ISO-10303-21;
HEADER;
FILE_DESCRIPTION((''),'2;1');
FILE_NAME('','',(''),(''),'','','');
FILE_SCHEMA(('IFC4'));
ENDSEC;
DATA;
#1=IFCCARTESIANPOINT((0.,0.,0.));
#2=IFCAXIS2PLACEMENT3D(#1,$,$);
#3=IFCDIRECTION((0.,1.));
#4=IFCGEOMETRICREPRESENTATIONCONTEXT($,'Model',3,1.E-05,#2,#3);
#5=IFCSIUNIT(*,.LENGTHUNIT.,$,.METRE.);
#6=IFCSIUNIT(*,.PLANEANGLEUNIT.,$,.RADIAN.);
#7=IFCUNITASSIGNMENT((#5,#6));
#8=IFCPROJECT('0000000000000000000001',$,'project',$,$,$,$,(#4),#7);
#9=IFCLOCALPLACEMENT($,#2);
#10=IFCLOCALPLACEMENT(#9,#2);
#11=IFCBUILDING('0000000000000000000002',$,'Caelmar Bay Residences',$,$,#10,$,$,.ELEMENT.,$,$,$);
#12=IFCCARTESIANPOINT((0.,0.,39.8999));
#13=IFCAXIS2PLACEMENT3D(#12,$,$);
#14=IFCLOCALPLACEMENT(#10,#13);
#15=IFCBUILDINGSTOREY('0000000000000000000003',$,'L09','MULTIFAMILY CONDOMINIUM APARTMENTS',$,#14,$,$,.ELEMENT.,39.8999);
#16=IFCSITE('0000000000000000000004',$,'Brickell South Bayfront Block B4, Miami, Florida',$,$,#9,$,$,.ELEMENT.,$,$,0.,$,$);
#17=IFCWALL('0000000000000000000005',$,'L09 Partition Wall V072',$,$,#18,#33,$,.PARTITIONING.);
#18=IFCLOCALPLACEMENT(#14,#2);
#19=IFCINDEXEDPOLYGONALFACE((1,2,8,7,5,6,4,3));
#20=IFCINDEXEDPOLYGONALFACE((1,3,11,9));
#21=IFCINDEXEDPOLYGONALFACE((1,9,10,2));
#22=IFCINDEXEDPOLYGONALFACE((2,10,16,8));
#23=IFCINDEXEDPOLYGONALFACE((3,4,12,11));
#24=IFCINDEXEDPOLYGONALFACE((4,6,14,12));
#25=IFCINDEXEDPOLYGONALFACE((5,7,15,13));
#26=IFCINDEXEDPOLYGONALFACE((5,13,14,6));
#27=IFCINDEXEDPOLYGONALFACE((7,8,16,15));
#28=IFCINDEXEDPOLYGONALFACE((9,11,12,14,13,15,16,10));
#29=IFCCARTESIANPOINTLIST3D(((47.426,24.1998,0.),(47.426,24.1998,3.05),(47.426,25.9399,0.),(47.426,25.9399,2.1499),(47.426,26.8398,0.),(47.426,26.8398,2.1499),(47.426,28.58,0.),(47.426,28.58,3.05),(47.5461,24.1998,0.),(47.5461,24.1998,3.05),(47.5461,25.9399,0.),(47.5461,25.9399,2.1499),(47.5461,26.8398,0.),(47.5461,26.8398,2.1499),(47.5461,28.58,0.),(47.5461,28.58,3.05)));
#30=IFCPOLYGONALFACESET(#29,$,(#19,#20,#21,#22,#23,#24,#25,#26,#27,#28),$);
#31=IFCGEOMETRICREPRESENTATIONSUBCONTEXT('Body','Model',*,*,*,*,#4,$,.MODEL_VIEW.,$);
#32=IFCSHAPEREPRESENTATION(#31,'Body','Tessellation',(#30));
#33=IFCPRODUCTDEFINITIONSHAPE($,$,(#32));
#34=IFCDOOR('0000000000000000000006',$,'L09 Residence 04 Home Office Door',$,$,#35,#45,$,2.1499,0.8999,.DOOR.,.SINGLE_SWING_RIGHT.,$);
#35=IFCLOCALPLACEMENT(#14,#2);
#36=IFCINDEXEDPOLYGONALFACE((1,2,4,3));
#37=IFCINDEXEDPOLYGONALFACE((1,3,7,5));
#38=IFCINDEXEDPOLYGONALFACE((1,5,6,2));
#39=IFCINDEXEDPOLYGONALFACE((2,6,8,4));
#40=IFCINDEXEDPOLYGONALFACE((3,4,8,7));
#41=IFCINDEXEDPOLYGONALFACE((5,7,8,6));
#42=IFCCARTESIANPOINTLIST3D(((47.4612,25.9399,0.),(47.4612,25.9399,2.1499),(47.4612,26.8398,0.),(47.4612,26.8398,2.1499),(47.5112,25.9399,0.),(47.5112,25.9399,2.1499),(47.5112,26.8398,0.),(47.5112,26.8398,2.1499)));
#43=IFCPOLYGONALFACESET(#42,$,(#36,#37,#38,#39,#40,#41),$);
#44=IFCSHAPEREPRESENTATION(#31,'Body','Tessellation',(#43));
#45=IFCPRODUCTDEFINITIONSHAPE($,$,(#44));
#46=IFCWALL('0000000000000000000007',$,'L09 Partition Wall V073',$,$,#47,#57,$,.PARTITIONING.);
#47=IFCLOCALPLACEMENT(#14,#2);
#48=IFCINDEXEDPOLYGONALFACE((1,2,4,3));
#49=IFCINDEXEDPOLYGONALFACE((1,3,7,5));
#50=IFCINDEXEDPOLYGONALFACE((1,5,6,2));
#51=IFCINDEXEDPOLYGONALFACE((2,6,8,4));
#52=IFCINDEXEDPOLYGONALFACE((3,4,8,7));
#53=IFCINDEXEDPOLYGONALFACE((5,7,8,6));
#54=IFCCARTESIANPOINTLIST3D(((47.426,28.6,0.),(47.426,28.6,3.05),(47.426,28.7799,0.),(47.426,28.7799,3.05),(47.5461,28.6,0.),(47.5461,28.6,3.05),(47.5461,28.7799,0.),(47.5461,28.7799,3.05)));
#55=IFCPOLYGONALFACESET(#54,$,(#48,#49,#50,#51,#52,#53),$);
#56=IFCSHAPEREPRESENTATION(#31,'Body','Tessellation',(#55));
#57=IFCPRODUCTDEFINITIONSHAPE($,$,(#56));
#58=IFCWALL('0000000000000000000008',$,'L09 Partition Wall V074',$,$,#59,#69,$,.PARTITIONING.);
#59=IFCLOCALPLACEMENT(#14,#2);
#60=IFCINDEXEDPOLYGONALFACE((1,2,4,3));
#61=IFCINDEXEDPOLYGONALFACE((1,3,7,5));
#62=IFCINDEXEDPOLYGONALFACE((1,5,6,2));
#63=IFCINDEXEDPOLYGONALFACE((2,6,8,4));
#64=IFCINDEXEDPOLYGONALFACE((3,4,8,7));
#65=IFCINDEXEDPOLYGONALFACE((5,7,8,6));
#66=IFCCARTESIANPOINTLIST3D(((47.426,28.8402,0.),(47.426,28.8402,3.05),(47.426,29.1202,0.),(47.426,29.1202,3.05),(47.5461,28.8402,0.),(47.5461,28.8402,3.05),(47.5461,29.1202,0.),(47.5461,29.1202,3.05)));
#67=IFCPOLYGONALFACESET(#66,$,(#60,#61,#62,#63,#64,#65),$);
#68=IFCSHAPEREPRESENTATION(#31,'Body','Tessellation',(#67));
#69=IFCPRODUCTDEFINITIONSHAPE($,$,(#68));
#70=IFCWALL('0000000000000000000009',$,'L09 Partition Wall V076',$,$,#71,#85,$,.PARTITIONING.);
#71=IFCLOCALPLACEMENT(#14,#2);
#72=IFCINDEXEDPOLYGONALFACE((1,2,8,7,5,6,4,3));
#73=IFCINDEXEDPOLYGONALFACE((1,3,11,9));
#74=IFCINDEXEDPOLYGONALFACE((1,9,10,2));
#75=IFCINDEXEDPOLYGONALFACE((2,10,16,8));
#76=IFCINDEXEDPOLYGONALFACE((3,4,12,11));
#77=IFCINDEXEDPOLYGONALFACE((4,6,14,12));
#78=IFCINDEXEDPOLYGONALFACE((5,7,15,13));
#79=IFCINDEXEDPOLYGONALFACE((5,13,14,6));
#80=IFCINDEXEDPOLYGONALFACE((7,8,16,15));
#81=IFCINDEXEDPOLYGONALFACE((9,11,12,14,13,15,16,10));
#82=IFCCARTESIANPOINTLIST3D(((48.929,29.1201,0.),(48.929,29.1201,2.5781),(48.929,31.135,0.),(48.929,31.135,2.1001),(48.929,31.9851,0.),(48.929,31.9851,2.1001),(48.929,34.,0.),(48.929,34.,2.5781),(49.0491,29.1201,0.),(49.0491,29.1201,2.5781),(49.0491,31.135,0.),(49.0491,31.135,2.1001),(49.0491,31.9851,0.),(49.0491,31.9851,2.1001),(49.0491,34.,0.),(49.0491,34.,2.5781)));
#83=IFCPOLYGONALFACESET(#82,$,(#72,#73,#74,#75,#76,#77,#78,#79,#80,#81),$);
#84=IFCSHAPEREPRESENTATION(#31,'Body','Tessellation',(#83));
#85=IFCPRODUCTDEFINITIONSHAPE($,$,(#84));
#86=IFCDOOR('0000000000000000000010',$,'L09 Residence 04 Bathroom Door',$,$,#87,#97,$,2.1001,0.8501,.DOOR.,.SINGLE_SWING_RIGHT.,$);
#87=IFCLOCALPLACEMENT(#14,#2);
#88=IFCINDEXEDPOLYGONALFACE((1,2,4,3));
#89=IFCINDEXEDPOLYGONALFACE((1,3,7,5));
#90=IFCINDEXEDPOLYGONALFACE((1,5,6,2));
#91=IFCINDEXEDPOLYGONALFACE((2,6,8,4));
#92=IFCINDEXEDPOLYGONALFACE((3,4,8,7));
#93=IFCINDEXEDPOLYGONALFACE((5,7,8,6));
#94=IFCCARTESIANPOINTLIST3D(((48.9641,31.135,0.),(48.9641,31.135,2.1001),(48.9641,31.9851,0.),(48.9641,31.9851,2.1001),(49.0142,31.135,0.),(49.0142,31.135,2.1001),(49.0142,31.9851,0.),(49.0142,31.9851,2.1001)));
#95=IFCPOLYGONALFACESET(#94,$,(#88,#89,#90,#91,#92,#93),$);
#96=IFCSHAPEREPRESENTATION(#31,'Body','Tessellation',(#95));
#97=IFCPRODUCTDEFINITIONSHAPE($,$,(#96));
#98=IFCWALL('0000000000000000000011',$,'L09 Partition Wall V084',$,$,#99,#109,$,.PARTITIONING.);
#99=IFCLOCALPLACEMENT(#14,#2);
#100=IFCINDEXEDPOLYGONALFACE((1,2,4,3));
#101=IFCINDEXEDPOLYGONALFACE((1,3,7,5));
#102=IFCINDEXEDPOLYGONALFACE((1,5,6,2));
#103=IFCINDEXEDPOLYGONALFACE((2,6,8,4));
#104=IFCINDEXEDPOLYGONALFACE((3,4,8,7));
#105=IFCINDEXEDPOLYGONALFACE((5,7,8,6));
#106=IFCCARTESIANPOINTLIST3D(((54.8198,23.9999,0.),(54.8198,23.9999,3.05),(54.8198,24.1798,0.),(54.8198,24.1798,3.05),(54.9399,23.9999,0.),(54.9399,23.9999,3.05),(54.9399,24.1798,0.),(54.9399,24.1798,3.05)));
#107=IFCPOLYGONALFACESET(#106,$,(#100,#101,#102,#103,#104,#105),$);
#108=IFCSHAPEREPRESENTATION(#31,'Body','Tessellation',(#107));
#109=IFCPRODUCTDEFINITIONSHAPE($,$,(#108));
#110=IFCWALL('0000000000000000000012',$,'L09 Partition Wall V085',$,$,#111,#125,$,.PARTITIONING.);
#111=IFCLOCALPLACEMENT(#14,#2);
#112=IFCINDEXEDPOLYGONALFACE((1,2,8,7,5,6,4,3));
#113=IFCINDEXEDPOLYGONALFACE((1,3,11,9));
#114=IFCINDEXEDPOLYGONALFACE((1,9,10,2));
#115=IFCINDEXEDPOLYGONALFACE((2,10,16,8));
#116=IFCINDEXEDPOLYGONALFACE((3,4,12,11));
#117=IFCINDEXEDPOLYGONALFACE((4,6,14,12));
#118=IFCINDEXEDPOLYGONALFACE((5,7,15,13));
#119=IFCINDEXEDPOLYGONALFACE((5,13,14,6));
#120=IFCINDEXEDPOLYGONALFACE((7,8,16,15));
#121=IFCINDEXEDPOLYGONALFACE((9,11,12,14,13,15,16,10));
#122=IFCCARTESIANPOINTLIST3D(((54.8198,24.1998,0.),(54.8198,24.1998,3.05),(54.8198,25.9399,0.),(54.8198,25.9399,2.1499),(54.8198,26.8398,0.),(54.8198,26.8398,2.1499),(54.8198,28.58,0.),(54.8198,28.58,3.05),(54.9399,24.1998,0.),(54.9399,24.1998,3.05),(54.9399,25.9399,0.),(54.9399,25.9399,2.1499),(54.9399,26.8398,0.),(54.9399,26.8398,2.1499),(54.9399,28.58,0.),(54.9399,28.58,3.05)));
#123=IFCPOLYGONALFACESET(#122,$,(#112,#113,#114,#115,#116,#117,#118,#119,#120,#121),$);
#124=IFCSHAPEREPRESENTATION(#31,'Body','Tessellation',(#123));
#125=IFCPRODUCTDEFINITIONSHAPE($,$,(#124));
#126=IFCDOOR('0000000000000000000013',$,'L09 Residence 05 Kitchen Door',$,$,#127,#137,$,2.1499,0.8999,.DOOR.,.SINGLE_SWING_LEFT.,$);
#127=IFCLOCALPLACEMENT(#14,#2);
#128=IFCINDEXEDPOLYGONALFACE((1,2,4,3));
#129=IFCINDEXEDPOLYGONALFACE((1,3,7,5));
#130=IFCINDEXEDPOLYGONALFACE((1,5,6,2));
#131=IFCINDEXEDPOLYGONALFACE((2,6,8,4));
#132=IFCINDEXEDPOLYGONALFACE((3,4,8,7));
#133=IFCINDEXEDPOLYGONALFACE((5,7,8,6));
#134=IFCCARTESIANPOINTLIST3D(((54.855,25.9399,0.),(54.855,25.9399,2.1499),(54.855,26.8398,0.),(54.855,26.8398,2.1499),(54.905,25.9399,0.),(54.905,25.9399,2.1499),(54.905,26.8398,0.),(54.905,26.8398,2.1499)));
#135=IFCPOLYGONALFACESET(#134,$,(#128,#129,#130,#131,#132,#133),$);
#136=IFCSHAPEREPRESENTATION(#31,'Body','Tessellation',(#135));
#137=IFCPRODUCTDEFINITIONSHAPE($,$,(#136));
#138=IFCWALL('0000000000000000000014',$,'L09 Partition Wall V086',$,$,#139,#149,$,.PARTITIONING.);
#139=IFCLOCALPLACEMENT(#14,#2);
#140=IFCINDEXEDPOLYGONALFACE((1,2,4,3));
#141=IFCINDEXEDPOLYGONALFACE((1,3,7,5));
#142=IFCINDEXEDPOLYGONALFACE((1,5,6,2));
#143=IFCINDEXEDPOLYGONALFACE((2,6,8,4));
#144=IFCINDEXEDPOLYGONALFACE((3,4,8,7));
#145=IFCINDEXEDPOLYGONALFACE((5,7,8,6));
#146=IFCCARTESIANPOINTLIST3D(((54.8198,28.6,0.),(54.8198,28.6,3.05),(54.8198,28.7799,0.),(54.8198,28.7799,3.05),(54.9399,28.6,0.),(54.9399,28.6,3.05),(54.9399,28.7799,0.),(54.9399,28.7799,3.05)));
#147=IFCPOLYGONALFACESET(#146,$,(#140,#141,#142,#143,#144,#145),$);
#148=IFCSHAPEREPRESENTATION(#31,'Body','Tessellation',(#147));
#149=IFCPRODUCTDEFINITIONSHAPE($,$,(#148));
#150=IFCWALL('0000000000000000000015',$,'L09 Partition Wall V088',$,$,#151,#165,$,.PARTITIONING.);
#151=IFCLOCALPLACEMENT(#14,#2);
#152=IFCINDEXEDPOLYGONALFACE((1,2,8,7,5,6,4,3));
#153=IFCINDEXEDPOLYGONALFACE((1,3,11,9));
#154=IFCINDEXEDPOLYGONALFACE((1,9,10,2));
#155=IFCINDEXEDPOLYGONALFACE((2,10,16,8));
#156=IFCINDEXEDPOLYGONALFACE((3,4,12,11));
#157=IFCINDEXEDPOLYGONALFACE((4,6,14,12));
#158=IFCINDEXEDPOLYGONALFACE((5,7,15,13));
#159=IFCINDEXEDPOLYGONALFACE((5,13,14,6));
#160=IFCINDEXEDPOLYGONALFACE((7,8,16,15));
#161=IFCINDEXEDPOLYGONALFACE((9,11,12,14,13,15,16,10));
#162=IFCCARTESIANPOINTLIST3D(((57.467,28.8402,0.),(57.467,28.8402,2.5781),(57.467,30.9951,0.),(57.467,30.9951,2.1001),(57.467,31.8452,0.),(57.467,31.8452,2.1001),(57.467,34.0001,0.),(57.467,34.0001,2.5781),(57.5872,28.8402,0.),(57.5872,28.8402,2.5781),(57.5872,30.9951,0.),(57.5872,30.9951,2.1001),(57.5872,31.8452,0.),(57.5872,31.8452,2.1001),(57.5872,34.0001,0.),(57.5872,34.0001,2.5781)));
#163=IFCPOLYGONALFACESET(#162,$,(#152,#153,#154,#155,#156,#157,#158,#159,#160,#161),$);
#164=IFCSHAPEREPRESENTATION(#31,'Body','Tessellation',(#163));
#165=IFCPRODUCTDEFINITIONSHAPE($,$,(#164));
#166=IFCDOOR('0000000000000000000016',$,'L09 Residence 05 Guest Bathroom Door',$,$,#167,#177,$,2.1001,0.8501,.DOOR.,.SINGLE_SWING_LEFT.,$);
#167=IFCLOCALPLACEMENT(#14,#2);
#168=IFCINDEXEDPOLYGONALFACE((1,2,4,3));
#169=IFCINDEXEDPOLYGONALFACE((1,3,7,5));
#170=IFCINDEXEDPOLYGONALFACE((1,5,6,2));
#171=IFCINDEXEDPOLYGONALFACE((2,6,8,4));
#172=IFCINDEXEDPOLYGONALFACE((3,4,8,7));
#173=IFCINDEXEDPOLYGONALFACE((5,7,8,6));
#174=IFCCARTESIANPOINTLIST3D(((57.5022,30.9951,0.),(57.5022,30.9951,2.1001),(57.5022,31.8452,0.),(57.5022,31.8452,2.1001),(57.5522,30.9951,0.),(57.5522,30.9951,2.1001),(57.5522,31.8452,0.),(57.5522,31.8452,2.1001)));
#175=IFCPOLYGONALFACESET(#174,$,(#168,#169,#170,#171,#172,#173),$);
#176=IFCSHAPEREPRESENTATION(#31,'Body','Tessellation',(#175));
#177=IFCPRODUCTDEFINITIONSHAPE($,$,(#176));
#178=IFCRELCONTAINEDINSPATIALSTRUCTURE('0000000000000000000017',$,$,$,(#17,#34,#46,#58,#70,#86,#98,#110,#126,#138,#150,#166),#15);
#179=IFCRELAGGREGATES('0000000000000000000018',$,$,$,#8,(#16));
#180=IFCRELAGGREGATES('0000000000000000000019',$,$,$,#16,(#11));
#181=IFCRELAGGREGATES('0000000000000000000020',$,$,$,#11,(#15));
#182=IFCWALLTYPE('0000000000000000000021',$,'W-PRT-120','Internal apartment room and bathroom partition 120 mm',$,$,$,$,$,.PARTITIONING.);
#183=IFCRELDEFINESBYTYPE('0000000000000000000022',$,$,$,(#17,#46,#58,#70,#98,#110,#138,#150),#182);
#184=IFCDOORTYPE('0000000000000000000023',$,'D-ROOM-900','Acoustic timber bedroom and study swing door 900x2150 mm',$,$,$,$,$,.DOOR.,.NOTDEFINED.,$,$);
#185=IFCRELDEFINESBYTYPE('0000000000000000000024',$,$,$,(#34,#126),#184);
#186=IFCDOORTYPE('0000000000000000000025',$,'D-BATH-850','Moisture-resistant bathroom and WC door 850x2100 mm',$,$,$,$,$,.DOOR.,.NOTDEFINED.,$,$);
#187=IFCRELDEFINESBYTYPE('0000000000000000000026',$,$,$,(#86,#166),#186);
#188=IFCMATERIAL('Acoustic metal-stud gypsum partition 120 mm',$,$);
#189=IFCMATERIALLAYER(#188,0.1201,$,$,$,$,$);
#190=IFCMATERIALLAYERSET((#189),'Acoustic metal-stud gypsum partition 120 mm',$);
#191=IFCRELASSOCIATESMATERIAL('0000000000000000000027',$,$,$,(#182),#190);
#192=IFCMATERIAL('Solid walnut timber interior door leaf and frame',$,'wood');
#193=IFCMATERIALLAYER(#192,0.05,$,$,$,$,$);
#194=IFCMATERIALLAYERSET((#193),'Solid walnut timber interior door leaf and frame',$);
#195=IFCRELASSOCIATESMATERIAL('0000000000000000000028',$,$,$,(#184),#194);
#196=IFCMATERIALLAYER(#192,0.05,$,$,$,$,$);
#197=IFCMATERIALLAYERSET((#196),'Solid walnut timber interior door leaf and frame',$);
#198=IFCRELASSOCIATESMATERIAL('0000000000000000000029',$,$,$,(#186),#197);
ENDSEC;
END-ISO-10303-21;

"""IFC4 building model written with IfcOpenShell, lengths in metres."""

from ifc_helpers import new_model, si_unit, direction, frame, frame_2d, origin, place, context, subcontext, project, spatial, rectangle, extrude, material, layer, layer_set, type_object, element, fill, save


model = new_model("IFC4")

# Units and contexts
model_context = context("Model", 3, precision=1e-05, world=origin(), true_north=direction((0.0, 1.0)))
body_context = subcontext(model_context, "Body", "Model", "MODEL_VIEW")
ifc_project = project(units=[si_unit("LENGTHUNIT", "METRE"), si_unit("PLANEANGLEUNIT", "RADIAN")], contexts=[model_context])

# Site, building, storey
site_placement = place(None, origin())
site = spatial("IfcSite", under=ifc_project, at=site_placement, Name="Brickell South Bayfront Block B4, Miami, Florida", CompositionType="ELEMENT", RefElevation=0.0)
building_placement = place(site_placement, origin())
building = spatial("IfcBuilding", under=site, at=building_placement, Name="Caelmar Bay Residences", CompositionType="ELEMENT")
storey_placement = place(building_placement, frame((0.0, 0.0, 39.8999)))
storey = spatial("IfcBuildingStorey", under=building, at=storey_placement, Name="L09", Description="MULTIFAMILY CONDOMINIUM APARTMENTS", CompositionType="ELEMENT", Elevation=39.8999)

# Wall, opening, door
ifc_material_1 = material(Name="Acoustic metal-stud gypsum partition 120 mm")
ifc_layer_1 = layer(ifc_material_1, 0.1201)
ifc_layer_set_1 = layer_set([ifc_layer_1], Name="Acoustic metal-stud gypsum partition 120 mm")
wall_type = type_object("IfcWallType", Name="W-PRT-120", Description="Internal apartment room and bathroom partition 120 mm", PredefinedType="PARTITIONING", material=ifc_layer_set_1)
wall_1_placement = place(storey_placement, frame((47.4861, 24.2, 0.0), z_axis=(0.0, 0.0, 1.0), x_axis=(0.0, 1.0, 0.0)))
wall_1 = element("IfcWall", 1, at=wall_1_placement, inside=storey, type_object=wall_type, Name="L09 Partition Wall V072", PredefinedType="PARTITIONING", context=body_context, shape_type="SweptSolid", body=[
    extrude(rectangle(XDim=4.3801, YDim=0.1201, at=frame_2d((2.1899, 0.0))), origin(), (0.0, 0.0, 1.0), 3.05),
])
opening_1_placement = place(wall_1_placement, frame((1.74, 0.0, 0.0)))
opening_1 = element("IfcOpeningElement", 2, at=opening_1_placement, cuts=wall_1, PredefinedType="OPENING", context=body_context, shape_type="SweptSolid", body=[
    extrude(rectangle(XDim=0.8999, YDim=2.1499, at=frame_2d((0.45, 1.075))), frame((0.0, 0.0701, 0.0), z_axis=(0.0, -1.0, 0.0), x_axis=(1.0, 0.0, 0.0)), (0.0, 0.0, 1.0), 0.1401),
])
ifc_material_2 = material(Name="Solid walnut timber interior door leaf and frame", Category="wood")
ifc_layer_2 = layer(ifc_material_2, 0.05)
ifc_layer_set_2 = layer_set([ifc_layer_2], Name="Solid walnut timber interior door leaf and frame")
door_type_1 = type_object("IfcDoorType", Name="D-ROOM-900", Description="Acoustic timber bedroom and study swing door 900x2150 mm", OperationType="NOTDEFINED", PredefinedType="DOOR", material=ifc_layer_set_2)
door_1_placement = place(opening_1_placement, origin())
door_1 = element("IfcDoor", 3, at=door_1_placement, inside=storey, type_object=door_type_1, Name="L09 Residence 04 Home Office Door", OperationType="SINGLE_SWING_RIGHT", OverallHeight=2.1499, OverallWidth=0.8999, PredefinedType="DOOR", context=body_context, shape_type="SweptSolid", body=[
    extrude(rectangle(XDim=0.8999, YDim=2.1499, at=frame_2d((0.45, 1.075))), frame((0.0, 0.0249, 0.0), z_axis=(0.0, -1.0, 0.0), x_axis=(1.0, 0.0, 0.0)), (0.0, 0.0, 1.0), 0.05),
])
fill(opening_1, door_1)

# Walls
wall_2_placement = place(storey_placement, frame((47.4861, 28.6001, 0.0), z_axis=(0.0, 0.0, 1.0), x_axis=(0.0, 1.0, 0.0)))
element("IfcWall", 4, at=wall_2_placement, inside=storey, type_object=wall_type, Name="L09 Partition Wall V073", PredefinedType="PARTITIONING", context=body_context, shape_type="SweptSolid", body=[
    extrude(rectangle(XDim=0.1799, YDim=0.1201, at=frame_2d((0.0898, 0.0))), origin(), (0.0, 0.0, 1.0), 3.05),
])
wall_3_placement = place(storey_placement, frame((47.4861, 28.8401, 0.0), z_axis=(0.0, 0.0, 1.0), x_axis=(0.0, 1.0, 0.0)))
element("IfcWall", 5, at=wall_3_placement, inside=storey, type_object=wall_type, Name="L09 Partition Wall V074", PredefinedType="PARTITIONING", context=body_context, shape_type="SweptSolid", body=[
    extrude(rectangle(XDim=0.28, YDim=0.1201, at=frame_2d((0.1401, 0.0))), origin(), (0.0, 0.0, 1.0), 3.05),
])

# Wall, opening, door
wall_4_placement = place(storey_placement, frame((48.989, 29.1201, 0.0), z_axis=(0.0, 0.0, 1.0), x_axis=(0.0, 1.0, 0.0)))
wall_4 = element("IfcWall", 6, at=wall_4_placement, inside=storey, type_object=wall_type, Name="L09 Partition Wall V076", PredefinedType="PARTITIONING", context=body_context, shape_type="SweptSolid", body=[
    extrude(rectangle(XDim=4.8799, YDim=0.1201, at=frame_2d((2.4399, 0.0))), origin(), (0.0, 0.0, 1.0), 2.5781),
])
opening_2_placement = place(wall_4_placement, frame((2.0149, 0.0, 0.0)))
opening_2 = element("IfcOpeningElement", 7, at=opening_2_placement, cuts=wall_4, PredefinedType="OPENING", context=body_context, shape_type="SweptSolid", body=[
    extrude(rectangle(XDim=0.8501, YDim=2.1001, at=frame_2d((0.425, 1.05))), frame((0.0, 0.0701, 0.0), z_axis=(0.0, -1.0, 0.0), x_axis=(1.0, 0.0, 0.0)), (0.0, 0.0, 1.0), 0.1401),
])
ifc_layer_3 = layer(ifc_material_2, 0.05)
ifc_layer_set_3 = layer_set([ifc_layer_3], Name="Solid walnut timber interior door leaf and frame")
door_type_2 = type_object("IfcDoorType", Name="D-BATH-850", Description="Moisture-resistant bathroom and WC door 850x2100 mm", OperationType="NOTDEFINED", PredefinedType="DOOR", material=ifc_layer_set_3)
door_2_placement = place(opening_2_placement, origin())
door_2 = element("IfcDoor", 8, at=door_2_placement, inside=storey, type_object=door_type_2, Name="L09 Residence 04 Bathroom Door", OperationType="SINGLE_SWING_RIGHT", OverallHeight=2.1001, OverallWidth=0.8501, PredefinedType="DOOR", context=body_context, shape_type="SweptSolid", body=[
    extrude(rectangle(XDim=0.8501, YDim=2.1001, at=frame_2d((0.425, 1.05))), frame((0.0, 0.0249, 0.0), z_axis=(0.0, -1.0, 0.0), x_axis=(1.0, 0.0, 0.0)), (0.0, 0.0, 1.0), 0.05),
])
fill(opening_2, door_2)

# Wall
wall_5_placement = place(storey_placement, frame((54.8799, 24.0, 0.0), z_axis=(0.0, 0.0, 1.0), x_axis=(0.0, 1.0, 0.0)))
element("IfcWall", 9, at=wall_5_placement, inside=storey, type_object=wall_type, Name="L09 Partition Wall V084", PredefinedType="PARTITIONING", context=body_context, shape_type="SweptSolid", body=[
    extrude(rectangle(XDim=0.1799, YDim=0.1201, at=frame_2d((0.0898, 0.0))), origin(), (0.0, 0.0, 1.0), 3.05),
])

# Wall, opening, door
wall_6_placement = place(storey_placement, frame((54.8799, 24.2, 0.0), z_axis=(0.0, 0.0, 1.0), x_axis=(0.0, 1.0, 0.0)))
wall_6 = element("IfcWall", 10, at=wall_6_placement, inside=storey, type_object=wall_type, Name="L09 Partition Wall V085", PredefinedType="PARTITIONING", context=body_context, shape_type="SweptSolid", body=[
    extrude(rectangle(XDim=4.3801, YDim=0.1201, at=frame_2d((2.1899, 0.0))), origin(), (0.0, 0.0, 1.0), 3.05),
])
opening_3_placement = place(wall_6_placement, frame((1.74, 0.0, 0.0)))
opening_3 = element("IfcOpeningElement", 11, at=opening_3_placement, cuts=wall_6, PredefinedType="OPENING", context=body_context, shape_type="SweptSolid", body=[
    extrude(rectangle(XDim=0.8999, YDim=2.1499, at=frame_2d((0.45, 1.075))), frame((0.0, 0.0701, 0.0), z_axis=(0.0, -1.0, 0.0), x_axis=(1.0, 0.0, 0.0)), (0.0, 0.0, 1.0), 0.1401),
])
door_3_placement = place(opening_3_placement, origin())
door_3 = element("IfcDoor", 12, at=door_3_placement, inside=storey, type_object=door_type_1, Name="L09 Residence 05 Kitchen Door", OperationType="SINGLE_SWING_LEFT", OverallHeight=2.1499, OverallWidth=0.8999, PredefinedType="DOOR", context=body_context, shape_type="SweptSolid", body=[
    extrude(rectangle(XDim=0.8999, YDim=2.1499, at=frame_2d((0.45, 1.075))), frame((0.0, 0.0249, 0.0), z_axis=(0.0, -1.0, 0.0), x_axis=(1.0, 0.0, 0.0)), (0.0, 0.0, 1.0), 0.05),
])
fill(opening_3, door_3)

# Wall
wall_7_placement = place(storey_placement, frame((54.8799, 28.6001, 0.0), z_axis=(0.0, 0.0, 1.0), x_axis=(0.0, 1.0, 0.0)))
element("IfcWall", 13, at=wall_7_placement, inside=storey, type_object=wall_type, Name="L09 Partition Wall V086", PredefinedType="PARTITIONING", context=body_context, shape_type="SweptSolid", body=[
    extrude(rectangle(XDim=0.1799, YDim=0.1201, at=frame_2d((0.0898, 0.0))), origin(), (0.0, 0.0, 1.0), 3.05),
])

# Wall, opening, door
wall_8_placement = place(storey_placement, frame((57.5271, 28.8401, 0.0), z_axis=(0.0, 0.0, 1.0), x_axis=(0.0, 1.0, 0.0)))
wall_8 = element("IfcWall", 14, at=wall_8_placement, inside=storey, type_object=wall_type, Name="L09 Partition Wall V088", PredefinedType="PARTITIONING", context=body_context, shape_type="SweptSolid", body=[
    extrude(rectangle(XDim=5.1599, YDim=0.1201, at=frame_2d((2.5801, 0.0))), origin(), (0.0, 0.0, 1.0), 2.5781),
])
opening_4_placement = place(wall_8_placement, frame((2.155, 0.0, 0.0)))
opening_4 = element("IfcOpeningElement", 15, at=opening_4_placement, cuts=wall_8, PredefinedType="OPENING", context=body_context, shape_type="SweptSolid", body=[
    extrude(rectangle(XDim=0.8501, YDim=2.1001, at=frame_2d((0.425, 1.05))), frame((0.0, 0.0701, 0.0), z_axis=(0.0, -1.0, 0.0), x_axis=(1.0, 0.0, 0.0)), (0.0, 0.0, 1.0), 0.1401),
])
door_4_placement = place(opening_4_placement, origin())
door_4 = element("IfcDoor", 16, at=door_4_placement, inside=storey, type_object=door_type_2, Name="L09 Residence 05 Guest Bathroom Door", OperationType="SINGLE_SWING_LEFT", OverallHeight=2.1001, OverallWidth=0.8501, PredefinedType="DOOR", context=body_context, shape_type="SweptSolid", body=[
    extrude(rectangle(XDim=0.8501, YDim=2.1001, at=frame_2d((0.425, 1.05))), frame((0.0, 0.0249, 0.0), z_axis=(0.0, -1.0, 0.0), x_axis=(1.0, 0.0, 0.0)), (0.0, 0.0, 1.0), 0.05),
])
fill(opening_4, door_4)

save(model, "model.ifc")
